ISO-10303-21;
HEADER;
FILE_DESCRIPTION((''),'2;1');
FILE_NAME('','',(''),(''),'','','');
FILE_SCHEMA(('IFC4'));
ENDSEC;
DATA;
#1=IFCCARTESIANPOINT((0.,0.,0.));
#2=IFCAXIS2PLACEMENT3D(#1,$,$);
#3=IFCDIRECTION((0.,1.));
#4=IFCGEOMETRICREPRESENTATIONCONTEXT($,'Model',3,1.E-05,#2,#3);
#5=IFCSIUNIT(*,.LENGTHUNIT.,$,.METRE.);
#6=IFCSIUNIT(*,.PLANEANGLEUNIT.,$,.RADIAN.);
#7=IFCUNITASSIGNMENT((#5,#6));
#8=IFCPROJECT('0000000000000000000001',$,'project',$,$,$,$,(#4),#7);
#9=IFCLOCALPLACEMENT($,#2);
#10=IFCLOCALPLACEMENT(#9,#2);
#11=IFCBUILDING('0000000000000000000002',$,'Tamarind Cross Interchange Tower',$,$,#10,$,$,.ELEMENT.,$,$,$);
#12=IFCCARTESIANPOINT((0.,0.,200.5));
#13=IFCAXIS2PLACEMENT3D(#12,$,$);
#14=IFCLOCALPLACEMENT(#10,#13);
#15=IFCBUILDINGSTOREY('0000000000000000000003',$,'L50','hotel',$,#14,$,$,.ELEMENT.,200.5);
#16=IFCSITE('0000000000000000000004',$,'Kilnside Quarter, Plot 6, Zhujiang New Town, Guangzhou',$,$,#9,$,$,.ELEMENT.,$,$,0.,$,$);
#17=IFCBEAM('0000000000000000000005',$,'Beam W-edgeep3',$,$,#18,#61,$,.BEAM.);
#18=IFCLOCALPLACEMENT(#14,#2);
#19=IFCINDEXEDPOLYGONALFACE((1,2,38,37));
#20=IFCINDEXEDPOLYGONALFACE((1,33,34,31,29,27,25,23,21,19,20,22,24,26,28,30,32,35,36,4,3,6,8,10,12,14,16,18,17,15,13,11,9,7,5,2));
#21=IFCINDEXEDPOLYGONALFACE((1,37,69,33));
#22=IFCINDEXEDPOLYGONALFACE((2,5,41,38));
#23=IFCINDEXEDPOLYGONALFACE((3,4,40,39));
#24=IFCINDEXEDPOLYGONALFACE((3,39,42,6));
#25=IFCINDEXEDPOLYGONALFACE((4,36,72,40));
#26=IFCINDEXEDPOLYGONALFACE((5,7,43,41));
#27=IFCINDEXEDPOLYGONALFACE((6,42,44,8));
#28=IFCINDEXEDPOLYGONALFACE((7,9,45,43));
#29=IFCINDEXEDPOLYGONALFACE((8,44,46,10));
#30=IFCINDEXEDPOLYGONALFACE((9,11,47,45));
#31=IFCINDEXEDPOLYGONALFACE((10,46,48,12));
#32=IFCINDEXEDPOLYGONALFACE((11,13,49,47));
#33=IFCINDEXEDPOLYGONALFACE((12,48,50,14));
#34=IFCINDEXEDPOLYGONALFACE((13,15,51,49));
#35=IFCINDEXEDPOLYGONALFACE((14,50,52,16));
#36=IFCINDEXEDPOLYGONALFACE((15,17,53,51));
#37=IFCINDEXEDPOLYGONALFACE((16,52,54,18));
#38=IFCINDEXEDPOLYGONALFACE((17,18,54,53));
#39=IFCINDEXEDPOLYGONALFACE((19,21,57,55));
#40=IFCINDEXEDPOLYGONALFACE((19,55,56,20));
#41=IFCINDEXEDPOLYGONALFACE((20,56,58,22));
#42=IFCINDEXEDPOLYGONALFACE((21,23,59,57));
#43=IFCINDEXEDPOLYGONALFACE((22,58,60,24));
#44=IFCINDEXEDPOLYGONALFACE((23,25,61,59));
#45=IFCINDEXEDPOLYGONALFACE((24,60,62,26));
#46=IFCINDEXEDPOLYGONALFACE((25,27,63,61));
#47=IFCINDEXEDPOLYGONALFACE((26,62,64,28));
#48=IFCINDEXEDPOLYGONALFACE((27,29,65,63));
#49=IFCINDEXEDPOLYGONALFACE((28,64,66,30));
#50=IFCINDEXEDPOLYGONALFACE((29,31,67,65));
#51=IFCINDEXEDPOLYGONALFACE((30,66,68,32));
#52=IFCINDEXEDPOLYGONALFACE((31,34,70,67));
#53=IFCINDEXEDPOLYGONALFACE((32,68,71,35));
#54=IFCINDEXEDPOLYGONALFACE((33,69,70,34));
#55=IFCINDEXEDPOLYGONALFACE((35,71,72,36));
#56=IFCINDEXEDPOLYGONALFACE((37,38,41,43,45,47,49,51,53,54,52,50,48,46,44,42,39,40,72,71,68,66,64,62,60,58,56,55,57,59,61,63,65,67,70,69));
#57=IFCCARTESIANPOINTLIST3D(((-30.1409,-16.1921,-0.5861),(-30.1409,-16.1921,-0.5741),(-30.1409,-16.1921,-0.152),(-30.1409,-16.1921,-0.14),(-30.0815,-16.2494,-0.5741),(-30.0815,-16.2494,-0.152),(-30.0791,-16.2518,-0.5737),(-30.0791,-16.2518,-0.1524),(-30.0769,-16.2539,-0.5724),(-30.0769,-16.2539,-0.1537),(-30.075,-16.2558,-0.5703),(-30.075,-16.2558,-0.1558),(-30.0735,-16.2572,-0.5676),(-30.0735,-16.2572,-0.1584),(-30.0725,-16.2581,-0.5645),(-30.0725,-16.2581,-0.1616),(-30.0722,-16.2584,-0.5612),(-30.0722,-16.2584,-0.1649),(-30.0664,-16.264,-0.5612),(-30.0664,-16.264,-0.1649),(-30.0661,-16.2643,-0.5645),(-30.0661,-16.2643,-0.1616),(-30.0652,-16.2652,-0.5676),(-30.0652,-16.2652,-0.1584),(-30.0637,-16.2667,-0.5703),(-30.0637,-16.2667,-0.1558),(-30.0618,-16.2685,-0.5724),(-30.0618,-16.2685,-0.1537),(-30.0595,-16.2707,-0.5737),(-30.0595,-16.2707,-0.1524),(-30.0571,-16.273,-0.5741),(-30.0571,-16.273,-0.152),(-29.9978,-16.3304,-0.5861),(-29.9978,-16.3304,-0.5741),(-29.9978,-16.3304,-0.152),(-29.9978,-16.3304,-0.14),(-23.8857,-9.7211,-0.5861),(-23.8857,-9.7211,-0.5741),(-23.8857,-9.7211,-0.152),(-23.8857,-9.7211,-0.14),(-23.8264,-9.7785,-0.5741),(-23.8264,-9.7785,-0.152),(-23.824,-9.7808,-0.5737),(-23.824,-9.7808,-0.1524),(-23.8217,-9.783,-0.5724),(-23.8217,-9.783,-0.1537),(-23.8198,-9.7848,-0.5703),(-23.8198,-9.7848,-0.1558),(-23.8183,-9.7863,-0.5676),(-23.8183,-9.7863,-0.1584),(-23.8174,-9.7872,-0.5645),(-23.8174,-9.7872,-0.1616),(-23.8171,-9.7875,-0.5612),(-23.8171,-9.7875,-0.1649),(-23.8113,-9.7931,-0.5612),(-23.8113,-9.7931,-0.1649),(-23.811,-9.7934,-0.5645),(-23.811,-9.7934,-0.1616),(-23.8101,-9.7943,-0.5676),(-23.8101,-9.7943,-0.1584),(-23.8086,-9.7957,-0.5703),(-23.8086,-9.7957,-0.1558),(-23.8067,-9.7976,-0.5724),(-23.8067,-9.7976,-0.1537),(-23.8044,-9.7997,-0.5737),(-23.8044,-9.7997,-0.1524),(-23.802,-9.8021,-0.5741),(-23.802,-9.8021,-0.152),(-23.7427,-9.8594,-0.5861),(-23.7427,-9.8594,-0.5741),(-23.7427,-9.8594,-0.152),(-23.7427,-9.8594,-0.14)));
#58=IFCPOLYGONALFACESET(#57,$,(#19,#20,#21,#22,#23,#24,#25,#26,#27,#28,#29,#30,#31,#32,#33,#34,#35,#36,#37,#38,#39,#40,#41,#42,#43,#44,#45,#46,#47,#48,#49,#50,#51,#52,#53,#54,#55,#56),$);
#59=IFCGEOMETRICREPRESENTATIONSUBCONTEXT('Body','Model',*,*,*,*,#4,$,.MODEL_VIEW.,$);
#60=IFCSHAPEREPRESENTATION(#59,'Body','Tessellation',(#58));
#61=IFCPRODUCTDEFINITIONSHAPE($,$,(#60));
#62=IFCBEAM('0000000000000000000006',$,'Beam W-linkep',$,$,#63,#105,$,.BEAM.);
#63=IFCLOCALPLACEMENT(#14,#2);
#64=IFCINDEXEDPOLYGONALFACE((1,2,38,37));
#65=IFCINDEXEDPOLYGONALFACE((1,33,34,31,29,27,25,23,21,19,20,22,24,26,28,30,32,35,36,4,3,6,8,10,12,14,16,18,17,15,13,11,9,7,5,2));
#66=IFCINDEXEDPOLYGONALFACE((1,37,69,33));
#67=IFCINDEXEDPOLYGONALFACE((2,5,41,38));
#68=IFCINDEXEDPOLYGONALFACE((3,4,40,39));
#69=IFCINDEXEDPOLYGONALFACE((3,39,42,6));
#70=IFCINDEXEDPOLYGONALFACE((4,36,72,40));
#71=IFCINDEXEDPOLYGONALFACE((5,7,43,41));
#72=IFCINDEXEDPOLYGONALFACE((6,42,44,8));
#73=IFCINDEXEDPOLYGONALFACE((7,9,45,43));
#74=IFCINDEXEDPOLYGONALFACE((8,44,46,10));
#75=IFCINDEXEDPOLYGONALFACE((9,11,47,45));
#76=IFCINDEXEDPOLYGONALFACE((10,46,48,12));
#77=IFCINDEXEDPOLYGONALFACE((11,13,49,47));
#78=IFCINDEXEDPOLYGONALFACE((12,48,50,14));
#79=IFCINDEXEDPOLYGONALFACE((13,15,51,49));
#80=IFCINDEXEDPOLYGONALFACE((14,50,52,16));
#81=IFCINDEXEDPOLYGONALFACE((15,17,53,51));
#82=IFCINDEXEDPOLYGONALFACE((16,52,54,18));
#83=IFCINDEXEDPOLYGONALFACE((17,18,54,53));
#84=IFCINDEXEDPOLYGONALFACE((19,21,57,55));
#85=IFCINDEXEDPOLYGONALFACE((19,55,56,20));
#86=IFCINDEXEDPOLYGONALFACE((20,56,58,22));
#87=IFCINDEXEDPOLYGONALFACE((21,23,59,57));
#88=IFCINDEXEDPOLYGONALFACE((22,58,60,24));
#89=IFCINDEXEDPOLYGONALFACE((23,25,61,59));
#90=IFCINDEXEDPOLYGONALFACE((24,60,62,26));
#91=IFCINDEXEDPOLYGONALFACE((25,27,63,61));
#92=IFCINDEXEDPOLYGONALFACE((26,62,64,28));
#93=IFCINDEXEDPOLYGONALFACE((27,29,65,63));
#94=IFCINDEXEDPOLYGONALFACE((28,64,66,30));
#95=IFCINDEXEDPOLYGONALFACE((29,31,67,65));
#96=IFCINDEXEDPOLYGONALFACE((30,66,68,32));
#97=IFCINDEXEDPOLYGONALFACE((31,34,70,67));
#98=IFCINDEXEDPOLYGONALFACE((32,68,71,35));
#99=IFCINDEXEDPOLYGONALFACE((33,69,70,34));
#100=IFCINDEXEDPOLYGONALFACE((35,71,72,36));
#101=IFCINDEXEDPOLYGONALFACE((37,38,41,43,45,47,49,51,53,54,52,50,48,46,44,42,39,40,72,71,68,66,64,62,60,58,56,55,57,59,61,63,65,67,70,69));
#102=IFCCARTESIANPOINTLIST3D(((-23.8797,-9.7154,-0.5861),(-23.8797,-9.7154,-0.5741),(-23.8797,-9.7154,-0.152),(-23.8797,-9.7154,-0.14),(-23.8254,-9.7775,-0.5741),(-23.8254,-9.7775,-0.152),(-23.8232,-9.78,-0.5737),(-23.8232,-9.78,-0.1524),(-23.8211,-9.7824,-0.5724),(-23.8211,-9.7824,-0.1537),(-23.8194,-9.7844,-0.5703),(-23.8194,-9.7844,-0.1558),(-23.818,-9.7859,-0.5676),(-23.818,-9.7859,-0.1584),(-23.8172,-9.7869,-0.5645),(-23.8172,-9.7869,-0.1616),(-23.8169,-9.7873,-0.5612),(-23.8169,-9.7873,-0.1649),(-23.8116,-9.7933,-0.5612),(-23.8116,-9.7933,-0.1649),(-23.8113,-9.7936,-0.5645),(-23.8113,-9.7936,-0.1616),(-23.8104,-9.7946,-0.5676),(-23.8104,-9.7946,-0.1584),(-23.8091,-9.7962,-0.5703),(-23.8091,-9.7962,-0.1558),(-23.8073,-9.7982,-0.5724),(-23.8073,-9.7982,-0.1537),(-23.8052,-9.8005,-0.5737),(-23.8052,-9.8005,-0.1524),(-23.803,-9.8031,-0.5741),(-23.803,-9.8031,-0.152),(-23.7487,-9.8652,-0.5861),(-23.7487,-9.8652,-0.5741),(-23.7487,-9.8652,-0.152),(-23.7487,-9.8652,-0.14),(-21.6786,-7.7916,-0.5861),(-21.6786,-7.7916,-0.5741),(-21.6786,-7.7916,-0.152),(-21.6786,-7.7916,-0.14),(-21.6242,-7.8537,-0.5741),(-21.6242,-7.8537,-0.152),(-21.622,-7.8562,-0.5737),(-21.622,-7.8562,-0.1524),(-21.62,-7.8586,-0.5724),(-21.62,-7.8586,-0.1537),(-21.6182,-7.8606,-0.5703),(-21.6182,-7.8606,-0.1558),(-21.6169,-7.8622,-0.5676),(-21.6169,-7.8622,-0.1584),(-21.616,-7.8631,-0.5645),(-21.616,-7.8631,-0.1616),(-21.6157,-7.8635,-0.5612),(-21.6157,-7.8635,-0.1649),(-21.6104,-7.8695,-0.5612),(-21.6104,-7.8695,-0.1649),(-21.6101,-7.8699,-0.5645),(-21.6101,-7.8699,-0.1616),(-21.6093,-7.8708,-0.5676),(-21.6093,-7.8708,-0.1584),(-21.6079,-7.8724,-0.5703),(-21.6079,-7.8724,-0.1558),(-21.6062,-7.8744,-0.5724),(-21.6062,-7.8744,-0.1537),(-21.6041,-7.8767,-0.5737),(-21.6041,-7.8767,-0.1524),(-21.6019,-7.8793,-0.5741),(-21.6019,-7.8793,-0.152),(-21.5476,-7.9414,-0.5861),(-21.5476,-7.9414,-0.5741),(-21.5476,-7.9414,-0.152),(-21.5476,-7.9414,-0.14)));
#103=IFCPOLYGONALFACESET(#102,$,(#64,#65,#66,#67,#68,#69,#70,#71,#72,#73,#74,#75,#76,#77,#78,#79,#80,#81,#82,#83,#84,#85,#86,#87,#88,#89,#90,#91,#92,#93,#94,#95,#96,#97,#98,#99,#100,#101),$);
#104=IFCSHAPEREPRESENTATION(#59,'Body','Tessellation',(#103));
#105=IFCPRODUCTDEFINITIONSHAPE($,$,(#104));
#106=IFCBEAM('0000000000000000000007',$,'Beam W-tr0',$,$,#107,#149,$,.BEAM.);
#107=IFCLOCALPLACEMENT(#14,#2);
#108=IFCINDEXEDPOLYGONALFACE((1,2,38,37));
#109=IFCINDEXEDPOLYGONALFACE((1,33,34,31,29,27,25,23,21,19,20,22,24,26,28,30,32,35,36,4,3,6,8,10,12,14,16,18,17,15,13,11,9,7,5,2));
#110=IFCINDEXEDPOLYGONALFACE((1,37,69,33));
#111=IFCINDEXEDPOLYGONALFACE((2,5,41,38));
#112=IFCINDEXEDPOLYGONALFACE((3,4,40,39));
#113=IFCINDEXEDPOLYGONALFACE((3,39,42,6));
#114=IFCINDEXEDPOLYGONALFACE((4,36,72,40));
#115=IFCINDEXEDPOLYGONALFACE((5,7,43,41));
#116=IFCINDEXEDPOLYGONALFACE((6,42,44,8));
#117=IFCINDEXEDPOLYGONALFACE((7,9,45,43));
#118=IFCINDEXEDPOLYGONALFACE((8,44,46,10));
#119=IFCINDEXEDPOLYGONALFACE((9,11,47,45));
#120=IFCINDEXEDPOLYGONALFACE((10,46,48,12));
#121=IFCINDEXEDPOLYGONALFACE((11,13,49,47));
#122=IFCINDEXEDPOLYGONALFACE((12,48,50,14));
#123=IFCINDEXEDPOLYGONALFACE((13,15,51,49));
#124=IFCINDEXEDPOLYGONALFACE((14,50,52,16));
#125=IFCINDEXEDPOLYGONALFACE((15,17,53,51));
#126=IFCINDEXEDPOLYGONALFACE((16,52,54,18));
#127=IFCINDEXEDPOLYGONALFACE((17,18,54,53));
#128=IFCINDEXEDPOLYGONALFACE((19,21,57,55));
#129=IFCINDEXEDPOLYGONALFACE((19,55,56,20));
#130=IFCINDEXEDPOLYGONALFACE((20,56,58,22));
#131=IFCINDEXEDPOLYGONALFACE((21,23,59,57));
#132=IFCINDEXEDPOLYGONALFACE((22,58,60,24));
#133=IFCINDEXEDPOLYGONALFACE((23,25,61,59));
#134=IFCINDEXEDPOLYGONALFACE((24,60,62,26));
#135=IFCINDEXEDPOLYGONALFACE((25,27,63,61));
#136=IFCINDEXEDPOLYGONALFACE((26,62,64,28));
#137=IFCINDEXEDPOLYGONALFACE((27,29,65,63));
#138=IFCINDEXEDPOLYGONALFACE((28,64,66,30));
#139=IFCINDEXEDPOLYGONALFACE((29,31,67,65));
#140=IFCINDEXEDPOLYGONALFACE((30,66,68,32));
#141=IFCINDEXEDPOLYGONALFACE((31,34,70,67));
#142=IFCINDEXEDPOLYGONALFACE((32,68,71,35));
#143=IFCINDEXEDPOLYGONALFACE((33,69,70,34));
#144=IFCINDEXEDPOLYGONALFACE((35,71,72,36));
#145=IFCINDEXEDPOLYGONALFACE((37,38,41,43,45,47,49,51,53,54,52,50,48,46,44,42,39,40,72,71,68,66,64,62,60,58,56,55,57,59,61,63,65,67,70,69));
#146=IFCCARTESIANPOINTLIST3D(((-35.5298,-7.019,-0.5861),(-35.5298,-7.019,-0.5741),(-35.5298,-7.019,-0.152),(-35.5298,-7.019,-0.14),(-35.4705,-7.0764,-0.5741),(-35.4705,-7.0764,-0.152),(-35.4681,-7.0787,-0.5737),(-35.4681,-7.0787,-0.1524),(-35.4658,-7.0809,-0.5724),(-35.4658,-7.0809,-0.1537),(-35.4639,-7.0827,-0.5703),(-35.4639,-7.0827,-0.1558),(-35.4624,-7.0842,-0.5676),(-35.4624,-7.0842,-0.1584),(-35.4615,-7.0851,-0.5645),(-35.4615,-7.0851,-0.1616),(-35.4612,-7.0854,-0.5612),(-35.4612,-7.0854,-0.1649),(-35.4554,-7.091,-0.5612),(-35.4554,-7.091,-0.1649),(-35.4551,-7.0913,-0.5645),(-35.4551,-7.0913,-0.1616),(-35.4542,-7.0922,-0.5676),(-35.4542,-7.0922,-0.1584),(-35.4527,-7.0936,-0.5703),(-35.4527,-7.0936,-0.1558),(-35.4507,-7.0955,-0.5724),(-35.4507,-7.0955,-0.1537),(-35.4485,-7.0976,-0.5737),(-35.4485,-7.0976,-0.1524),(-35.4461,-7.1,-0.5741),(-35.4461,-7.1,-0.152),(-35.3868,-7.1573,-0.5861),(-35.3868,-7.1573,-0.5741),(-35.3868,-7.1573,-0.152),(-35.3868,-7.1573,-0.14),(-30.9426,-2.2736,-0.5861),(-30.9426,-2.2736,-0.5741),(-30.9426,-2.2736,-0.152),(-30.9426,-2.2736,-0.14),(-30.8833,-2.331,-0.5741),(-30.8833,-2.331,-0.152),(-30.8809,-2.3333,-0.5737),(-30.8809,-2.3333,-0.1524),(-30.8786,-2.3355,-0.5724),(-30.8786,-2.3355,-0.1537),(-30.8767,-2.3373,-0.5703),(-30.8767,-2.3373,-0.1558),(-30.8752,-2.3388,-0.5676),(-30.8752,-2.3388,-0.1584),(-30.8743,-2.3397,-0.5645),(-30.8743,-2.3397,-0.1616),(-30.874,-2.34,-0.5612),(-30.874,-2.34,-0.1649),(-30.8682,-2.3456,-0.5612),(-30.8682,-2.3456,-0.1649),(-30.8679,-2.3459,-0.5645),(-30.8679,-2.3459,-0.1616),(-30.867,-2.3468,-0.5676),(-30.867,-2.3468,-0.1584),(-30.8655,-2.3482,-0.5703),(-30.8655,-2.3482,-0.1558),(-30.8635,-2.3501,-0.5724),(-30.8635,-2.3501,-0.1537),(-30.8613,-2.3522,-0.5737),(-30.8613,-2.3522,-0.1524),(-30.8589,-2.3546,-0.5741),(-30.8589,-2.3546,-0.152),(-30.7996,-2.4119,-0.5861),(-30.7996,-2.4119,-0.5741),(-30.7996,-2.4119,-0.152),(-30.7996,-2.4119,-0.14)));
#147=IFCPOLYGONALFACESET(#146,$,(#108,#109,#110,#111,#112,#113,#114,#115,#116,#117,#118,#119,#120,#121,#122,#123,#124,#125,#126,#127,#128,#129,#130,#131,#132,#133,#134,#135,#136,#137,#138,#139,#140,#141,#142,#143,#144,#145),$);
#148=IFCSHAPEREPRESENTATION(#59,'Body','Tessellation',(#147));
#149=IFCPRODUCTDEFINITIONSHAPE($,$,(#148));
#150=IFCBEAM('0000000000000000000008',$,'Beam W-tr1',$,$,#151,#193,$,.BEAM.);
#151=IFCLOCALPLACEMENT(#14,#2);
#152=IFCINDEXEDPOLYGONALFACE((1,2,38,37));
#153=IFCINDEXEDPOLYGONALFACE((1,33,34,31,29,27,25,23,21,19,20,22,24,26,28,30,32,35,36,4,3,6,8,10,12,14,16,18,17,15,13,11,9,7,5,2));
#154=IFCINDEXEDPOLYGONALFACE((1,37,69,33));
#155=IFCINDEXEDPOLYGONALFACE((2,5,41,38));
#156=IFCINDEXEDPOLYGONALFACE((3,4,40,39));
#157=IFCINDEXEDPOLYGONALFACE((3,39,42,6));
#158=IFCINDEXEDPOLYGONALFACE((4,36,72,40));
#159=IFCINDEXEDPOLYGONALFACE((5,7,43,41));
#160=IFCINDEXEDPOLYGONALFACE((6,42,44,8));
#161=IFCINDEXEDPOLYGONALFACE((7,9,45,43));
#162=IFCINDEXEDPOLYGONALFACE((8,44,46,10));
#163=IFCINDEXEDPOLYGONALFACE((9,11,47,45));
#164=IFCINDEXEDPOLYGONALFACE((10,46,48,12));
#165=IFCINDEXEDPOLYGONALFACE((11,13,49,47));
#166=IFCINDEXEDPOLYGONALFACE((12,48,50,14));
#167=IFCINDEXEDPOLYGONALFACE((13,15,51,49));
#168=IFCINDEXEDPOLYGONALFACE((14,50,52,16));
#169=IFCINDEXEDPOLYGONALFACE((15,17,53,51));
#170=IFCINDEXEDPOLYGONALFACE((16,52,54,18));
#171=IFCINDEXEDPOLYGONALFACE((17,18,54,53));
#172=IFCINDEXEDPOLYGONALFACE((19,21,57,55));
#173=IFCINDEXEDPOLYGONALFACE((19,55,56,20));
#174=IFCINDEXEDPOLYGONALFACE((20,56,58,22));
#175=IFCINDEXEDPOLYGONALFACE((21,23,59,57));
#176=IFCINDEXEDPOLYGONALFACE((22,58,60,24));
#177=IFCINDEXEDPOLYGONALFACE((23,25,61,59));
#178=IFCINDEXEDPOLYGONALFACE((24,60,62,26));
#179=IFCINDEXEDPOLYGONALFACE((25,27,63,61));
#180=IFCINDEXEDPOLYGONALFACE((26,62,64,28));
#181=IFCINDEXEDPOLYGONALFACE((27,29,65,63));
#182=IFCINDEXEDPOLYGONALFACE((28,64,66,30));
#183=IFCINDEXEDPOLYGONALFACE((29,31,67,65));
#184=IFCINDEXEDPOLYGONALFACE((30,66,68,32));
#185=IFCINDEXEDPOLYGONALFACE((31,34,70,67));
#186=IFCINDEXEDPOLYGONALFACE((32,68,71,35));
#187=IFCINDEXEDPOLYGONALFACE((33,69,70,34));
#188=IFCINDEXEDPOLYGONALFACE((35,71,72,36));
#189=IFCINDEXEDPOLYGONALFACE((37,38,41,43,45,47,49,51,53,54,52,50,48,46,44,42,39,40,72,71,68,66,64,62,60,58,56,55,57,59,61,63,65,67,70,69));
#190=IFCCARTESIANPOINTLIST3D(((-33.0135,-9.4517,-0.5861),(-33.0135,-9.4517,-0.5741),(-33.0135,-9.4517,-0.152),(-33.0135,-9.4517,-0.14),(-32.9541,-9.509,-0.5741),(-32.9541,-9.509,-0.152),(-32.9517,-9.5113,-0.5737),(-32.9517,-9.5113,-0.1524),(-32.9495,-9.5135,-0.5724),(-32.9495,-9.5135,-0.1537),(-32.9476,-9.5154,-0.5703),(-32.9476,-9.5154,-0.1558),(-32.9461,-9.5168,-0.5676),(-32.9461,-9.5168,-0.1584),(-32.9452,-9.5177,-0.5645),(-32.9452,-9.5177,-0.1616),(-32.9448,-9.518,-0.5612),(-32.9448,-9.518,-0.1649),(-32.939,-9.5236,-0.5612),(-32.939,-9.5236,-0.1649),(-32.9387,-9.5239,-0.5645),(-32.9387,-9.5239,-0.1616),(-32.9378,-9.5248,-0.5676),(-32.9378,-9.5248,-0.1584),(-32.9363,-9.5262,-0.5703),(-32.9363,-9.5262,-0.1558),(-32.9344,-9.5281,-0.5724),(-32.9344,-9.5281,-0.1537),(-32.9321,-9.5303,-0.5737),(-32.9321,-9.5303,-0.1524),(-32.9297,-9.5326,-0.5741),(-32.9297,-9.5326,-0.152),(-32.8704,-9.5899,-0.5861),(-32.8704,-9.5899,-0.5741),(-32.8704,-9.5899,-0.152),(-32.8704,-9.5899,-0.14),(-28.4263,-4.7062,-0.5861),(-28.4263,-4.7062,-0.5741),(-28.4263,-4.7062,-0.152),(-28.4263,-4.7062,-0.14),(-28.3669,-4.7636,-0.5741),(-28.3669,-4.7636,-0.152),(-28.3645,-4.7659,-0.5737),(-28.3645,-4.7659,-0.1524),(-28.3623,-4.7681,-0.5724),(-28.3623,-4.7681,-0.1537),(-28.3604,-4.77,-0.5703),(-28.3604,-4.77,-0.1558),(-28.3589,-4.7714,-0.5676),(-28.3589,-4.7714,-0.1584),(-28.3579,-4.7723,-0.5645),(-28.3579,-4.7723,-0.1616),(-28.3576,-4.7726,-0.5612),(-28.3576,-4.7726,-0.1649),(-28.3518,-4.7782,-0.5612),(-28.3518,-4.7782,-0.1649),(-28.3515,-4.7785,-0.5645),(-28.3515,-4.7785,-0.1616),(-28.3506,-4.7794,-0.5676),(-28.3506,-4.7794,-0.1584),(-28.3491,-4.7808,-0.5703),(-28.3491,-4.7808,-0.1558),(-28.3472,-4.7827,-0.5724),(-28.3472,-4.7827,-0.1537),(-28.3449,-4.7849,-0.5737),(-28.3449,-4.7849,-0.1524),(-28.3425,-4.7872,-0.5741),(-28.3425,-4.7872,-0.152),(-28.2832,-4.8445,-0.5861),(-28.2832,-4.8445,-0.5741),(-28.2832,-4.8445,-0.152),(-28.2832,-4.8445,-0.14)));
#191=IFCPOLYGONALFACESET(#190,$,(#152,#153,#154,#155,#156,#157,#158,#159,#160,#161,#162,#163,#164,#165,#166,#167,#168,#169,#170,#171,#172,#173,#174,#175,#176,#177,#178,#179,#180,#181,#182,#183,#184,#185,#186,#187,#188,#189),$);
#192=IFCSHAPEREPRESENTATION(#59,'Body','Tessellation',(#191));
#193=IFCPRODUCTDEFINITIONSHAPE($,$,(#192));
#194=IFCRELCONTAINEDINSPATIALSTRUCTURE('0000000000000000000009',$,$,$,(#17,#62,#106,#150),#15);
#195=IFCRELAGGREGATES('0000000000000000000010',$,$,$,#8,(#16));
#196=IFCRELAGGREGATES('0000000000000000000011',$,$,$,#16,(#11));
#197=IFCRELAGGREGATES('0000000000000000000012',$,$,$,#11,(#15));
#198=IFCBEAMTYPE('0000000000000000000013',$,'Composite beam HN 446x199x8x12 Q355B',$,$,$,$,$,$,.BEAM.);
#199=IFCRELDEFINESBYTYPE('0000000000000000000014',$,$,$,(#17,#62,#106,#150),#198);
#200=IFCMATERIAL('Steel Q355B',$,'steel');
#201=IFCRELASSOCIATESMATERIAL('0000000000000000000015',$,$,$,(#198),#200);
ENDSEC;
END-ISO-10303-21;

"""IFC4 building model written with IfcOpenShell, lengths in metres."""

from ifc_helpers import new_model, si_unit, direction, frame, origin, origin_2d, place, context, subcontext, project, spatial, i_section, extrude, material, material_profile, profile_set, type_object, element, save


model = new_model("IFC4")

# Units and contexts
model_context = context("Model", 3, precision=1e-05, world=origin(), true_north=direction((0.0, 1.0)))
body_context = subcontext(model_context, "Body", "Model", "MODEL_VIEW")
ifc_project = project(units=[si_unit("LENGTHUNIT", "METRE"), si_unit("PLANEANGLEUNIT", "RADIAN")], contexts=[model_context])

# Site, building, storey
site_placement = place(None, origin())
site = spatial("IfcSite", under=ifc_project, at=site_placement, Name="Kilnside Quarter, Plot 6, Zhujiang New Town, Guangzhou", CompositionType="ELEMENT", RefElevation=0.0)
building_placement = place(site_placement, origin())
building = spatial("IfcBuilding", under=site, at=building_placement, Name="Tamarind Cross Interchange Tower", CompositionType="ELEMENT")
storey_placement = place(building_placement, frame((0.0, 0.0, 200.5)))
storey = spatial("IfcBuildingStorey", under=building, at=storey_placement, Name="L50", Description="hotel", CompositionType="ELEMENT", Elevation=200.5)

# Beams
ifc_material_1 = material(Name="Steel Q355B", Category="steel")
ifc_material_profile_1 = material_profile(ifc_material_1, i_section(OverallWidth=0.199, OverallDepth=0.446, WebThickness=0.0081, FlangeThickness=0.012, FilletRadius=0.0129, at=origin_2d()), Name="HN 446x199x8x12")
ifc_profile_set_1 = profile_set([ifc_material_profile_1], Name="Steel Q355B")
beam_type_1 = type_object("IfcBeamType", Name="Composite beam HN 446x199x8x12 Q355B", PredefinedType="BEAM", material=ifc_profile_set_1)
beam_1_placement = place(storey_placement, frame((-30.0693, -16.2612, -0.363), z_axis=(0.695015, 0.718995, 0.0), x_axis=(-0.718995, 0.695015, 0.0)))
element("IfcBeam", 1, at=beam_1_placement, inside=storey, type_object=beam_type_1, Name="Beam W-edgeep3", PredefinedType="BEAM", context=body_context, shape_type="SweptSolid", body=[
    extrude(i_section(OverallWidth=0.199, OverallDepth=0.446, WebThickness=0.0081, FlangeThickness=0.012, FilletRadius=0.0129, at=origin_2d()), origin(), (0.0, 0.0, 1.0), 9.0),
])
beam_2_placement = place(storey_placement, frame((-23.8142, -9.7903, -0.363), z_axis=(0.752949, 0.658079, 0.0), x_axis=(-0.658079, 0.752949, 0.0)))
element("IfcBeam", 2, at=beam_2_placement, inside=storey, type_object=beam_type_1, Name="Beam W-linkep", PredefinedType="BEAM", context=body_context, shape_type="SweptSolid", body=[
    extrude(i_section(OverallWidth=0.199, OverallDepth=0.446, WebThickness=0.0081, FlangeThickness=0.012, FilletRadius=0.0129, at=origin_2d()), origin(), (0.0, 0.0, 1.0), 2.9233),
])
for number, where, z_axis, x_axis, name in (
    (3, (-30.8711, -2.3428, -0.363), (-0.69502, -0.71899, 0.0), (0.71899, -0.69502, 0.0), "Beam W-tr0"),
    (4, (-28.3547, -4.7754, -0.363), (-0.69502, -0.71899, 0.0), (0.71899, -0.69502, 0.0), "Beam W-tr1"),
):
    element("IfcBeam", number, at=place(storey_placement, frame(where, z_axis=z_axis, x_axis=x_axis)), inside=storey, type_object=beam_type_1, Name=name, PredefinedType="BEAM", context=body_context, shape_type="SweptSolid", body=[
        extrude(i_section(OverallWidth=0.199, OverallDepth=0.446, WebThickness=0.0081, FlangeThickness=0.012, FilletRadius=0.0129, at=origin_2d()), origin(), (0.0, 0.0, 1.0), 6.6001),
    ])

save(model, "model.ifc")
